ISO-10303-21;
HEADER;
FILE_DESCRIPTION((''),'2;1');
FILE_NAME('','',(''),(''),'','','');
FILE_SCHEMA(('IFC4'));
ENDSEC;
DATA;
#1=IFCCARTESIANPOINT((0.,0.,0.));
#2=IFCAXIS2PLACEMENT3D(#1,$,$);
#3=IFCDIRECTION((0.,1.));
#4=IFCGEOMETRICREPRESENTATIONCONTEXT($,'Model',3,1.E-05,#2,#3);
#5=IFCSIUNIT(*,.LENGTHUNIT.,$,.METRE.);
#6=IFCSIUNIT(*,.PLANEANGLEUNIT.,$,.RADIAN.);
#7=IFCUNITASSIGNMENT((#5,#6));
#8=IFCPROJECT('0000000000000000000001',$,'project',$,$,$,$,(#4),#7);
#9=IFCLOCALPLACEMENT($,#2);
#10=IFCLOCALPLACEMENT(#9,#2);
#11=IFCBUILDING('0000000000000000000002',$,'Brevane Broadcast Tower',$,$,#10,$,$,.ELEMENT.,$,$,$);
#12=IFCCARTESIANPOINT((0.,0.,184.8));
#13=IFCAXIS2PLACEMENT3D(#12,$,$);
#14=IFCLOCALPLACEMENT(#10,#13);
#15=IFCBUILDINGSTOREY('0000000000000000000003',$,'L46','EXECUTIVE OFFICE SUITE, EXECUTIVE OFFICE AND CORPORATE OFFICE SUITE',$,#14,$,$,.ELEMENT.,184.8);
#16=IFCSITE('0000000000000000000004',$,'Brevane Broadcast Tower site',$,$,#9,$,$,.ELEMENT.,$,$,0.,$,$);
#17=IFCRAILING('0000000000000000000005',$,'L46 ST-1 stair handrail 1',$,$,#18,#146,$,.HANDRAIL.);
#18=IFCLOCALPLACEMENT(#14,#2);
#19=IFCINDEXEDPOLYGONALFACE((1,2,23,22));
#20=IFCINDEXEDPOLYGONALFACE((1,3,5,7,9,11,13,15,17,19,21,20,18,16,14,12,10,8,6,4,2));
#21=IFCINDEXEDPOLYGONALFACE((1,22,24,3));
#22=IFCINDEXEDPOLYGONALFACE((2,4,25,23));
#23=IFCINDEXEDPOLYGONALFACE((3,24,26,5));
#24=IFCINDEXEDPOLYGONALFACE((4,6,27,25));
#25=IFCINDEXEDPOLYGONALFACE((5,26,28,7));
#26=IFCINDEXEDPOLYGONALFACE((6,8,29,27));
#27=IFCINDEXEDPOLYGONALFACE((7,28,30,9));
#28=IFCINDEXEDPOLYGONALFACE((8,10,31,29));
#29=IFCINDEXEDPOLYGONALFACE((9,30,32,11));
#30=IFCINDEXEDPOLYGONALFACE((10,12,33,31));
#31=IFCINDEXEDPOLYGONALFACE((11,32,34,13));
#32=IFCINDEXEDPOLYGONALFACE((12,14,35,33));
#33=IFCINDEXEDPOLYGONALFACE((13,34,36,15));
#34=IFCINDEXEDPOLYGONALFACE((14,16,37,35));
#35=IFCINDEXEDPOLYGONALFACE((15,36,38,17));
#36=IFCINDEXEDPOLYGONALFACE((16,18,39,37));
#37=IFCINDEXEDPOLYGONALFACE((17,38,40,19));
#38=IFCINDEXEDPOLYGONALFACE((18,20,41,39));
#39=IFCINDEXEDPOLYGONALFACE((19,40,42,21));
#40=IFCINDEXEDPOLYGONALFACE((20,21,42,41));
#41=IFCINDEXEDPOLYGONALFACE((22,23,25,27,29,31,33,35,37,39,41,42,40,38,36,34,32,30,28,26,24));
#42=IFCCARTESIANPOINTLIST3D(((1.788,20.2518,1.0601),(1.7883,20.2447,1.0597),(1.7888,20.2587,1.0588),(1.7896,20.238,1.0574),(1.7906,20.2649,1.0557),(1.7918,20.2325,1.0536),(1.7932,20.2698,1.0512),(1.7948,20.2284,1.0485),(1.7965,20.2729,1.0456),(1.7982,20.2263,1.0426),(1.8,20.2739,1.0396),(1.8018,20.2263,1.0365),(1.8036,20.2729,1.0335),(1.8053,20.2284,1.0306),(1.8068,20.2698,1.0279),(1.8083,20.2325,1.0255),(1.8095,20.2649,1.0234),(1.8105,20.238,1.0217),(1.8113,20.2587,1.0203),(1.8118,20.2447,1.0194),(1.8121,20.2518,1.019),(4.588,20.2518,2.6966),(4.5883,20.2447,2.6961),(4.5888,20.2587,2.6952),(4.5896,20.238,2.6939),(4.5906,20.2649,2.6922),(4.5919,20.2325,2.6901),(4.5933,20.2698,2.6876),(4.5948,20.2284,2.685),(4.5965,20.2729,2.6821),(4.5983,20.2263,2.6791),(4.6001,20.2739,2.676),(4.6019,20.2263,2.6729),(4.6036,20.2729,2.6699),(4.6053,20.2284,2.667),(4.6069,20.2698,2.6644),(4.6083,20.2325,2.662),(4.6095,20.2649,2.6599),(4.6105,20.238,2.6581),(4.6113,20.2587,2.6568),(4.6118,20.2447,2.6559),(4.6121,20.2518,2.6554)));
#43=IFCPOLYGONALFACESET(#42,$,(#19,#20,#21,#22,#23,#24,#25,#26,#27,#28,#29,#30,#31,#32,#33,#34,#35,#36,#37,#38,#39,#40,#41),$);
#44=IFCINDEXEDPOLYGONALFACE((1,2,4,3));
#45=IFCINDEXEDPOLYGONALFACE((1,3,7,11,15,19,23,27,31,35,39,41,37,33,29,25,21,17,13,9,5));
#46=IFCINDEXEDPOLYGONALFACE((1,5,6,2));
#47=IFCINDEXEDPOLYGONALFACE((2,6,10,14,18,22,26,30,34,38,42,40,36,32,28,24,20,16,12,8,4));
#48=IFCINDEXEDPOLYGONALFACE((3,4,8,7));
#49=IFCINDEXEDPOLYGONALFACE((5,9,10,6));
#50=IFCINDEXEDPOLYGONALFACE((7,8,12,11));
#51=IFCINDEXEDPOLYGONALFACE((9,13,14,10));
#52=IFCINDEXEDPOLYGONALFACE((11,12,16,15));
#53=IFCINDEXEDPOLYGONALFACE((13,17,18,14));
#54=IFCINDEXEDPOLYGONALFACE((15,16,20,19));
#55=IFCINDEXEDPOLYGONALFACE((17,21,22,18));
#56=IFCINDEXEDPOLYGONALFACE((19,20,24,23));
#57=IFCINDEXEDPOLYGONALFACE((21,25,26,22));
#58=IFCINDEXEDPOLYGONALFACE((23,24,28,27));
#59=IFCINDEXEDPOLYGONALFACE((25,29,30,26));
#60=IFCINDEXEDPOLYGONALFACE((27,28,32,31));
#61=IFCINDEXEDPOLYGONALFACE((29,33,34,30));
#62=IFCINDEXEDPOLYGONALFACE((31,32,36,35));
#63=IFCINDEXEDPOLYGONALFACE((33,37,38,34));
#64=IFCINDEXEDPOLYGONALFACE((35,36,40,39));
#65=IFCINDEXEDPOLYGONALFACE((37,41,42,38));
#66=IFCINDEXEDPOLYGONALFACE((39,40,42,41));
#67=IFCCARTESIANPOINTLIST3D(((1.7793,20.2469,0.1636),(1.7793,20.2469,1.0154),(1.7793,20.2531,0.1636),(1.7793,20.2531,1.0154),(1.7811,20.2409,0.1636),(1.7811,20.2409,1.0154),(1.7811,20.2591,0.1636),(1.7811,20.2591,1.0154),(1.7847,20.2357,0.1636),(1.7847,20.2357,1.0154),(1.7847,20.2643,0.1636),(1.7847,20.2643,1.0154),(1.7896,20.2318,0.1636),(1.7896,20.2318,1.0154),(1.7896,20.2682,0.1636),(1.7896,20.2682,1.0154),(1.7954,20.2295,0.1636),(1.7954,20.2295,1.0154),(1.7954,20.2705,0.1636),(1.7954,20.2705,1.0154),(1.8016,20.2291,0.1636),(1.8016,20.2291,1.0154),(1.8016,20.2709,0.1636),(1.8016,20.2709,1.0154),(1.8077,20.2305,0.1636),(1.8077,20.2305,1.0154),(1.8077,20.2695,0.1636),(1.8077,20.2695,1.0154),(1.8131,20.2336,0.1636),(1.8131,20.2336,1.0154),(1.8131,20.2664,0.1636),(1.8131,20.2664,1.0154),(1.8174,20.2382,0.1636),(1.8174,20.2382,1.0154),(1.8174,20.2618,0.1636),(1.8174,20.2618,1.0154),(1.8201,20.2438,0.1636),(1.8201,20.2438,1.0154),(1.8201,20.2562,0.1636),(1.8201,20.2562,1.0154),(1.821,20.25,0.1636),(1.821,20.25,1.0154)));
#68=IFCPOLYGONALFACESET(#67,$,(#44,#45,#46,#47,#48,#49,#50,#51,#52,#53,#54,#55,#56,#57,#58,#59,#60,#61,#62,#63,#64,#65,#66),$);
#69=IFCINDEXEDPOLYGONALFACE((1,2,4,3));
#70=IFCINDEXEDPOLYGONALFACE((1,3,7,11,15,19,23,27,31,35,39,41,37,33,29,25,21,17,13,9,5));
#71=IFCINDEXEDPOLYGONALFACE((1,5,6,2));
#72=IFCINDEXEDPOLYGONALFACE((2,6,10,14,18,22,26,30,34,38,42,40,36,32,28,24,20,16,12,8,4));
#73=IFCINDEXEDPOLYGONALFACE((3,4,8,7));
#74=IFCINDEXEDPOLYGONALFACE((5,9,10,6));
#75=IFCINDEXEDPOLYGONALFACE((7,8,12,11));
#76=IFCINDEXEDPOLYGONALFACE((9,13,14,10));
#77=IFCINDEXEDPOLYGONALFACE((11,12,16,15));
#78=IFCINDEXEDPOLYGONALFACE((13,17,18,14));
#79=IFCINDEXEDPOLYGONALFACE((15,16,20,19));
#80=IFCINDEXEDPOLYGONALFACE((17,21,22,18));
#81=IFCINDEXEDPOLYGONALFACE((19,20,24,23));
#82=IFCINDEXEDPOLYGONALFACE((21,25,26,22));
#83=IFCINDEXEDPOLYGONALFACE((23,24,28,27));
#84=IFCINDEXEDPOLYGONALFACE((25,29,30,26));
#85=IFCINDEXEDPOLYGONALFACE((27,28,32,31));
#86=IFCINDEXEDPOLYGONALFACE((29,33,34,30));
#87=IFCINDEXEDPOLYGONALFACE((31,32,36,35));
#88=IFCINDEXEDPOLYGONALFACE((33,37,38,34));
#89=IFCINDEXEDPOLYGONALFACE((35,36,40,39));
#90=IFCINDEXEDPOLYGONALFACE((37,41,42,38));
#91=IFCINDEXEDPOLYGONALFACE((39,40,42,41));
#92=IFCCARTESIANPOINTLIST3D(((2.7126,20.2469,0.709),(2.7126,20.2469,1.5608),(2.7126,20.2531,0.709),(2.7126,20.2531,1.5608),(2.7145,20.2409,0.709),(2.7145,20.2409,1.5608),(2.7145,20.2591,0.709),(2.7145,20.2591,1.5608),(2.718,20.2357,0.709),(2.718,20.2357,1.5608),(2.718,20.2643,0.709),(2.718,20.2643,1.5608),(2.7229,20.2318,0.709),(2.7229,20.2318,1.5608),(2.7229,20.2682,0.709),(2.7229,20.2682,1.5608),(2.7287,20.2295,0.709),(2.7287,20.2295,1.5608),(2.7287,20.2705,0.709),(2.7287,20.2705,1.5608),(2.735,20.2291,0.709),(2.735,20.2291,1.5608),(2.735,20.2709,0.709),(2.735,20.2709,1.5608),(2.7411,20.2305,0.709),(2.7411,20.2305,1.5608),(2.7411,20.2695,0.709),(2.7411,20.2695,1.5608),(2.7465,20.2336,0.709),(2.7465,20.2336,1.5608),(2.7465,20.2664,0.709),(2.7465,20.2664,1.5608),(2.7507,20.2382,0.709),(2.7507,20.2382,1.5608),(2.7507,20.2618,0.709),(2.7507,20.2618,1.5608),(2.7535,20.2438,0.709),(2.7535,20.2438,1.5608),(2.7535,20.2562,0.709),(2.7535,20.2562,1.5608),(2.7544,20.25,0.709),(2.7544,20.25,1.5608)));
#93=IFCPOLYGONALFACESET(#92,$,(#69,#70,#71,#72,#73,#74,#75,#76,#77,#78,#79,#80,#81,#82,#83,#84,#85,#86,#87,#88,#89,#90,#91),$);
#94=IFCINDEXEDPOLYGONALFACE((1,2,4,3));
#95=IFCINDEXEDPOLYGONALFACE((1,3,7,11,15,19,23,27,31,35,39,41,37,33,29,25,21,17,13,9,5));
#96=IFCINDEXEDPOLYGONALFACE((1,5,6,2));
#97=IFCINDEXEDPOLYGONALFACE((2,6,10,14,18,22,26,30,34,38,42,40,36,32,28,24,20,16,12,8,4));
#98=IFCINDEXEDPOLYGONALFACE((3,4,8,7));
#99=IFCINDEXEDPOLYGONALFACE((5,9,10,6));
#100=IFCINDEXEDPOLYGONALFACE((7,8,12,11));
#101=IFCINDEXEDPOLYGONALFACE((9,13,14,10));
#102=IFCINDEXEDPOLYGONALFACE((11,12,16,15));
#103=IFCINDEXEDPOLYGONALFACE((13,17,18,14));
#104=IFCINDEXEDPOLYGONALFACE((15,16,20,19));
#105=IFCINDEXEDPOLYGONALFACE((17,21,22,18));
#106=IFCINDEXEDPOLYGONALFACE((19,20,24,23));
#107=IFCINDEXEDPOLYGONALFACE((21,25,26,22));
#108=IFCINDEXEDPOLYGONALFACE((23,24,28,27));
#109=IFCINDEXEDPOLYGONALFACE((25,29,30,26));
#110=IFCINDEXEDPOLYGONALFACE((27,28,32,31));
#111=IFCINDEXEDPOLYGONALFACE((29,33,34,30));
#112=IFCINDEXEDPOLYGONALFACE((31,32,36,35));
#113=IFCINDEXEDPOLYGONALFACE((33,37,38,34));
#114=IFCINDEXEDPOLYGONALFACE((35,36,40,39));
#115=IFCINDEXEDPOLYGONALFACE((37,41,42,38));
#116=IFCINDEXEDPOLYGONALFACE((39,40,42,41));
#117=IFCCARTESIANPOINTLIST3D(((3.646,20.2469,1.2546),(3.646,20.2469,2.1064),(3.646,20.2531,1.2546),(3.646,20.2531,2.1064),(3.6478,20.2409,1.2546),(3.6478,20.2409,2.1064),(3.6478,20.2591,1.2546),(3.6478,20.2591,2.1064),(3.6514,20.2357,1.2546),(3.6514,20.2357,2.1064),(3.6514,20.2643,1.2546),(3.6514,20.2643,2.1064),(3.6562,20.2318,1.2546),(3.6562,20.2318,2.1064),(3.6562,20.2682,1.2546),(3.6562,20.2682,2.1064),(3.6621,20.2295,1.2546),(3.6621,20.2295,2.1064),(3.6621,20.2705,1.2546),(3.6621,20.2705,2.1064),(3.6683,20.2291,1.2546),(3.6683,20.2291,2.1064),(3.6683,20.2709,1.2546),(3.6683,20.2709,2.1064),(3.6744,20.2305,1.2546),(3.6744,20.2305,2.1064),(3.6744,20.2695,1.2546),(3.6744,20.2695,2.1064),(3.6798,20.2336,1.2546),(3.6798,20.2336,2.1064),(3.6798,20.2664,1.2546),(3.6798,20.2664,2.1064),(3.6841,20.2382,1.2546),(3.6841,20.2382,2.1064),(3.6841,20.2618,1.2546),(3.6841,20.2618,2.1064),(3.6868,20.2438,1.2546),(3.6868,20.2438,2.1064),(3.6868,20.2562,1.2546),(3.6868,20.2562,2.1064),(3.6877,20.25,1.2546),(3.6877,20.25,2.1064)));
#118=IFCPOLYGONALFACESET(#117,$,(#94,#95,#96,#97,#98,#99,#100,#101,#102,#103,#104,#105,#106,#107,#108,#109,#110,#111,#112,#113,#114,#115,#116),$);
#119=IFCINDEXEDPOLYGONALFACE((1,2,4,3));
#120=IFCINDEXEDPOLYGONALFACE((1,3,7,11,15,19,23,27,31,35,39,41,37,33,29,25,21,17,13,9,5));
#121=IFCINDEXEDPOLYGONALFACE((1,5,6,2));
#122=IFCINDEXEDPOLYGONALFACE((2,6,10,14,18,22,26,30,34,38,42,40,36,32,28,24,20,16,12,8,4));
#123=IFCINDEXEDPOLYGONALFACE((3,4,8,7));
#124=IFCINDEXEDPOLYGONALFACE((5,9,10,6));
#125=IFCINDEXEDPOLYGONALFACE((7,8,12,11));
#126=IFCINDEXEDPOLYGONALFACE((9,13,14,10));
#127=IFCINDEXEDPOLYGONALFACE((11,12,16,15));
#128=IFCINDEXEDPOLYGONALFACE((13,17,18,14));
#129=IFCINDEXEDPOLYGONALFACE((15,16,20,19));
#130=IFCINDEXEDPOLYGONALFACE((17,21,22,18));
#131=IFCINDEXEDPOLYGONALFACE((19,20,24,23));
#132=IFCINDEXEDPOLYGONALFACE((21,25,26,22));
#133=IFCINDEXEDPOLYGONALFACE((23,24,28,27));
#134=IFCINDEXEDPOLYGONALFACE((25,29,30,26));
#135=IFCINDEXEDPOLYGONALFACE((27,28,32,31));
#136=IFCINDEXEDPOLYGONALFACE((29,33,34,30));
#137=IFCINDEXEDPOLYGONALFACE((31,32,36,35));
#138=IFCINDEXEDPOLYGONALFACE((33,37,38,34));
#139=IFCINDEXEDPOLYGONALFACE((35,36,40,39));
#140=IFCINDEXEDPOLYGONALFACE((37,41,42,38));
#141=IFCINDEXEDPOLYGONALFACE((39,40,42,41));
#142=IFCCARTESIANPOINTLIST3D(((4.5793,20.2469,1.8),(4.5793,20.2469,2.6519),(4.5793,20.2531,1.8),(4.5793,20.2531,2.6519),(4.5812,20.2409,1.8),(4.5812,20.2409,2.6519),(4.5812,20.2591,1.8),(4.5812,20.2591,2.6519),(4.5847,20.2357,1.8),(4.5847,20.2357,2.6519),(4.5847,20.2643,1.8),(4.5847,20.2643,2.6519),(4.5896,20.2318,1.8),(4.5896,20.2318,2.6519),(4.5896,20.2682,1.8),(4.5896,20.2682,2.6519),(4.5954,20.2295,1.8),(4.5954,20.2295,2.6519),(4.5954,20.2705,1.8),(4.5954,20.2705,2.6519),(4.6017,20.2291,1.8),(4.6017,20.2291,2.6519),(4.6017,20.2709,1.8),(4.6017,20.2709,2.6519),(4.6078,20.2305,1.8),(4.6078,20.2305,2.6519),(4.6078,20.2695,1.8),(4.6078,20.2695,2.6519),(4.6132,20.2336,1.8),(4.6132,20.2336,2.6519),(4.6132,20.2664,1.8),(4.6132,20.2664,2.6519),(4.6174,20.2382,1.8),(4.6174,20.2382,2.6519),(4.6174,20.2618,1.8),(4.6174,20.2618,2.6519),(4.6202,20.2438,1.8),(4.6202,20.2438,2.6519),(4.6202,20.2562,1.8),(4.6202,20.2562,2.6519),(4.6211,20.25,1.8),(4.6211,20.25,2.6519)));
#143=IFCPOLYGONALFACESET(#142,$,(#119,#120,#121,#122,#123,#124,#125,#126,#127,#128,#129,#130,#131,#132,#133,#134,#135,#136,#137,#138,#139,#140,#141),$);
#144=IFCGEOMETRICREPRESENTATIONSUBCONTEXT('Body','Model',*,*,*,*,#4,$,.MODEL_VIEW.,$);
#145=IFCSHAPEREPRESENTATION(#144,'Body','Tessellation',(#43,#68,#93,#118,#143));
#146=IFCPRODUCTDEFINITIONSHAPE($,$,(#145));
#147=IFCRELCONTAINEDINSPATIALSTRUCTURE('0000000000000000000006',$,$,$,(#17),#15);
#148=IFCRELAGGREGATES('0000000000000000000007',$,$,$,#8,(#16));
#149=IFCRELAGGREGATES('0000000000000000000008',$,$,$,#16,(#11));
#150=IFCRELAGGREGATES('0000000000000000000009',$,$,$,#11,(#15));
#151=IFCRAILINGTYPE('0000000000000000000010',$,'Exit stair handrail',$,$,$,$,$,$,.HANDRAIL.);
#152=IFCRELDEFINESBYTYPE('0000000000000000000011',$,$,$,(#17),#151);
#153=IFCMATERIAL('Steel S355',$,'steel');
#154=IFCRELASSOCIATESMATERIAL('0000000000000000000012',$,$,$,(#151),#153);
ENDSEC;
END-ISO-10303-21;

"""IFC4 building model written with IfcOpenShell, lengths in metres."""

from ifc_helpers import new_model, si_unit, direction, frame, origin, origin_2d, place, context, subcontext, project, spatial, circle, extrude, material, type_object, element, save


model = new_model("IFC4")

# Units and contexts
model_context = context("Model", 3, precision=1e-05, world=origin(), true_north=direction((0.0, 1.0)))
body_context = subcontext(model_context, "Body", "Model", "MODEL_VIEW")
ifc_project = project(units=[si_unit("LENGTHUNIT", "METRE"), si_unit("PLANEANGLEUNIT", "RADIAN")], contexts=[model_context])

# Site, building, storey
site_placement = place(None, origin())
site = spatial("IfcSite", under=ifc_project, at=site_placement, Name="Brevane Broadcast Tower site", CompositionType="ELEMENT", RefElevation=0.0)
building_placement = place(site_placement, origin())
building = spatial("IfcBuilding", under=site, at=building_placement, Name="Brevane Broadcast Tower", CompositionType="ELEMENT")
storey_placement = place(building_placement, frame((0.0, 0.0, 184.8)))
storey = spatial("IfcBuildingStorey", under=building, at=storey_placement, Name="L46", Description="EXECUTIVE OFFICE SUITE, EXECUTIVE OFFICE AND CORPORATE OFFICE SUITE", CompositionType="ELEMENT", Elevation=184.8)

# Railing
ifc_material_1 = material(Name="Steel S355", Category="steel")
railing_type_1 = type_object("IfcRailingType", Name="Exit stair handrail", PredefinedType="HANDRAIL", material=ifc_material_1)
railing_1_placement = place(storey_placement, frame((1.8, 20.25, 0.1636)))
element("IfcRailing", 1, at=railing_1_placement, inside=storey, type_object=railing_type_1, Name="L46 ST-1 stair handrail 1", PredefinedType="HANDRAIL", context=body_context, shape_type="SweptSolid", body=[
    extrude(circle(Radius=0.0239, at=origin_2d()), frame((0.0, 0.0, 0.876), z_axis=(0.863361, 0.0, 0.504587), x_axis=(0.0, 1.0, 0.0)), (0.0, 0.0, 1.0), 3.2432),
    extrude(circle(Radius=0.021, at=origin_2d()), origin(), (0.0, 0.0, 1.0), 0.8518),
    extrude(circle(Radius=0.021, at=origin_2d()), frame((0.9333, 0.0, 0.5454)), (0.0, 0.0, 1.0), 0.8518),
    extrude(circle(Radius=0.021, at=origin_2d()), frame((1.8667, 0.0, 1.0911)), (0.0, 0.0, 1.0), 0.8518),
    extrude(circle(Radius=0.021, at=origin_2d()), frame((2.8, 0.0, 1.6365)), (0.0, 0.0, 1.0), 0.8518),
])

save(model, "model.ifc")
